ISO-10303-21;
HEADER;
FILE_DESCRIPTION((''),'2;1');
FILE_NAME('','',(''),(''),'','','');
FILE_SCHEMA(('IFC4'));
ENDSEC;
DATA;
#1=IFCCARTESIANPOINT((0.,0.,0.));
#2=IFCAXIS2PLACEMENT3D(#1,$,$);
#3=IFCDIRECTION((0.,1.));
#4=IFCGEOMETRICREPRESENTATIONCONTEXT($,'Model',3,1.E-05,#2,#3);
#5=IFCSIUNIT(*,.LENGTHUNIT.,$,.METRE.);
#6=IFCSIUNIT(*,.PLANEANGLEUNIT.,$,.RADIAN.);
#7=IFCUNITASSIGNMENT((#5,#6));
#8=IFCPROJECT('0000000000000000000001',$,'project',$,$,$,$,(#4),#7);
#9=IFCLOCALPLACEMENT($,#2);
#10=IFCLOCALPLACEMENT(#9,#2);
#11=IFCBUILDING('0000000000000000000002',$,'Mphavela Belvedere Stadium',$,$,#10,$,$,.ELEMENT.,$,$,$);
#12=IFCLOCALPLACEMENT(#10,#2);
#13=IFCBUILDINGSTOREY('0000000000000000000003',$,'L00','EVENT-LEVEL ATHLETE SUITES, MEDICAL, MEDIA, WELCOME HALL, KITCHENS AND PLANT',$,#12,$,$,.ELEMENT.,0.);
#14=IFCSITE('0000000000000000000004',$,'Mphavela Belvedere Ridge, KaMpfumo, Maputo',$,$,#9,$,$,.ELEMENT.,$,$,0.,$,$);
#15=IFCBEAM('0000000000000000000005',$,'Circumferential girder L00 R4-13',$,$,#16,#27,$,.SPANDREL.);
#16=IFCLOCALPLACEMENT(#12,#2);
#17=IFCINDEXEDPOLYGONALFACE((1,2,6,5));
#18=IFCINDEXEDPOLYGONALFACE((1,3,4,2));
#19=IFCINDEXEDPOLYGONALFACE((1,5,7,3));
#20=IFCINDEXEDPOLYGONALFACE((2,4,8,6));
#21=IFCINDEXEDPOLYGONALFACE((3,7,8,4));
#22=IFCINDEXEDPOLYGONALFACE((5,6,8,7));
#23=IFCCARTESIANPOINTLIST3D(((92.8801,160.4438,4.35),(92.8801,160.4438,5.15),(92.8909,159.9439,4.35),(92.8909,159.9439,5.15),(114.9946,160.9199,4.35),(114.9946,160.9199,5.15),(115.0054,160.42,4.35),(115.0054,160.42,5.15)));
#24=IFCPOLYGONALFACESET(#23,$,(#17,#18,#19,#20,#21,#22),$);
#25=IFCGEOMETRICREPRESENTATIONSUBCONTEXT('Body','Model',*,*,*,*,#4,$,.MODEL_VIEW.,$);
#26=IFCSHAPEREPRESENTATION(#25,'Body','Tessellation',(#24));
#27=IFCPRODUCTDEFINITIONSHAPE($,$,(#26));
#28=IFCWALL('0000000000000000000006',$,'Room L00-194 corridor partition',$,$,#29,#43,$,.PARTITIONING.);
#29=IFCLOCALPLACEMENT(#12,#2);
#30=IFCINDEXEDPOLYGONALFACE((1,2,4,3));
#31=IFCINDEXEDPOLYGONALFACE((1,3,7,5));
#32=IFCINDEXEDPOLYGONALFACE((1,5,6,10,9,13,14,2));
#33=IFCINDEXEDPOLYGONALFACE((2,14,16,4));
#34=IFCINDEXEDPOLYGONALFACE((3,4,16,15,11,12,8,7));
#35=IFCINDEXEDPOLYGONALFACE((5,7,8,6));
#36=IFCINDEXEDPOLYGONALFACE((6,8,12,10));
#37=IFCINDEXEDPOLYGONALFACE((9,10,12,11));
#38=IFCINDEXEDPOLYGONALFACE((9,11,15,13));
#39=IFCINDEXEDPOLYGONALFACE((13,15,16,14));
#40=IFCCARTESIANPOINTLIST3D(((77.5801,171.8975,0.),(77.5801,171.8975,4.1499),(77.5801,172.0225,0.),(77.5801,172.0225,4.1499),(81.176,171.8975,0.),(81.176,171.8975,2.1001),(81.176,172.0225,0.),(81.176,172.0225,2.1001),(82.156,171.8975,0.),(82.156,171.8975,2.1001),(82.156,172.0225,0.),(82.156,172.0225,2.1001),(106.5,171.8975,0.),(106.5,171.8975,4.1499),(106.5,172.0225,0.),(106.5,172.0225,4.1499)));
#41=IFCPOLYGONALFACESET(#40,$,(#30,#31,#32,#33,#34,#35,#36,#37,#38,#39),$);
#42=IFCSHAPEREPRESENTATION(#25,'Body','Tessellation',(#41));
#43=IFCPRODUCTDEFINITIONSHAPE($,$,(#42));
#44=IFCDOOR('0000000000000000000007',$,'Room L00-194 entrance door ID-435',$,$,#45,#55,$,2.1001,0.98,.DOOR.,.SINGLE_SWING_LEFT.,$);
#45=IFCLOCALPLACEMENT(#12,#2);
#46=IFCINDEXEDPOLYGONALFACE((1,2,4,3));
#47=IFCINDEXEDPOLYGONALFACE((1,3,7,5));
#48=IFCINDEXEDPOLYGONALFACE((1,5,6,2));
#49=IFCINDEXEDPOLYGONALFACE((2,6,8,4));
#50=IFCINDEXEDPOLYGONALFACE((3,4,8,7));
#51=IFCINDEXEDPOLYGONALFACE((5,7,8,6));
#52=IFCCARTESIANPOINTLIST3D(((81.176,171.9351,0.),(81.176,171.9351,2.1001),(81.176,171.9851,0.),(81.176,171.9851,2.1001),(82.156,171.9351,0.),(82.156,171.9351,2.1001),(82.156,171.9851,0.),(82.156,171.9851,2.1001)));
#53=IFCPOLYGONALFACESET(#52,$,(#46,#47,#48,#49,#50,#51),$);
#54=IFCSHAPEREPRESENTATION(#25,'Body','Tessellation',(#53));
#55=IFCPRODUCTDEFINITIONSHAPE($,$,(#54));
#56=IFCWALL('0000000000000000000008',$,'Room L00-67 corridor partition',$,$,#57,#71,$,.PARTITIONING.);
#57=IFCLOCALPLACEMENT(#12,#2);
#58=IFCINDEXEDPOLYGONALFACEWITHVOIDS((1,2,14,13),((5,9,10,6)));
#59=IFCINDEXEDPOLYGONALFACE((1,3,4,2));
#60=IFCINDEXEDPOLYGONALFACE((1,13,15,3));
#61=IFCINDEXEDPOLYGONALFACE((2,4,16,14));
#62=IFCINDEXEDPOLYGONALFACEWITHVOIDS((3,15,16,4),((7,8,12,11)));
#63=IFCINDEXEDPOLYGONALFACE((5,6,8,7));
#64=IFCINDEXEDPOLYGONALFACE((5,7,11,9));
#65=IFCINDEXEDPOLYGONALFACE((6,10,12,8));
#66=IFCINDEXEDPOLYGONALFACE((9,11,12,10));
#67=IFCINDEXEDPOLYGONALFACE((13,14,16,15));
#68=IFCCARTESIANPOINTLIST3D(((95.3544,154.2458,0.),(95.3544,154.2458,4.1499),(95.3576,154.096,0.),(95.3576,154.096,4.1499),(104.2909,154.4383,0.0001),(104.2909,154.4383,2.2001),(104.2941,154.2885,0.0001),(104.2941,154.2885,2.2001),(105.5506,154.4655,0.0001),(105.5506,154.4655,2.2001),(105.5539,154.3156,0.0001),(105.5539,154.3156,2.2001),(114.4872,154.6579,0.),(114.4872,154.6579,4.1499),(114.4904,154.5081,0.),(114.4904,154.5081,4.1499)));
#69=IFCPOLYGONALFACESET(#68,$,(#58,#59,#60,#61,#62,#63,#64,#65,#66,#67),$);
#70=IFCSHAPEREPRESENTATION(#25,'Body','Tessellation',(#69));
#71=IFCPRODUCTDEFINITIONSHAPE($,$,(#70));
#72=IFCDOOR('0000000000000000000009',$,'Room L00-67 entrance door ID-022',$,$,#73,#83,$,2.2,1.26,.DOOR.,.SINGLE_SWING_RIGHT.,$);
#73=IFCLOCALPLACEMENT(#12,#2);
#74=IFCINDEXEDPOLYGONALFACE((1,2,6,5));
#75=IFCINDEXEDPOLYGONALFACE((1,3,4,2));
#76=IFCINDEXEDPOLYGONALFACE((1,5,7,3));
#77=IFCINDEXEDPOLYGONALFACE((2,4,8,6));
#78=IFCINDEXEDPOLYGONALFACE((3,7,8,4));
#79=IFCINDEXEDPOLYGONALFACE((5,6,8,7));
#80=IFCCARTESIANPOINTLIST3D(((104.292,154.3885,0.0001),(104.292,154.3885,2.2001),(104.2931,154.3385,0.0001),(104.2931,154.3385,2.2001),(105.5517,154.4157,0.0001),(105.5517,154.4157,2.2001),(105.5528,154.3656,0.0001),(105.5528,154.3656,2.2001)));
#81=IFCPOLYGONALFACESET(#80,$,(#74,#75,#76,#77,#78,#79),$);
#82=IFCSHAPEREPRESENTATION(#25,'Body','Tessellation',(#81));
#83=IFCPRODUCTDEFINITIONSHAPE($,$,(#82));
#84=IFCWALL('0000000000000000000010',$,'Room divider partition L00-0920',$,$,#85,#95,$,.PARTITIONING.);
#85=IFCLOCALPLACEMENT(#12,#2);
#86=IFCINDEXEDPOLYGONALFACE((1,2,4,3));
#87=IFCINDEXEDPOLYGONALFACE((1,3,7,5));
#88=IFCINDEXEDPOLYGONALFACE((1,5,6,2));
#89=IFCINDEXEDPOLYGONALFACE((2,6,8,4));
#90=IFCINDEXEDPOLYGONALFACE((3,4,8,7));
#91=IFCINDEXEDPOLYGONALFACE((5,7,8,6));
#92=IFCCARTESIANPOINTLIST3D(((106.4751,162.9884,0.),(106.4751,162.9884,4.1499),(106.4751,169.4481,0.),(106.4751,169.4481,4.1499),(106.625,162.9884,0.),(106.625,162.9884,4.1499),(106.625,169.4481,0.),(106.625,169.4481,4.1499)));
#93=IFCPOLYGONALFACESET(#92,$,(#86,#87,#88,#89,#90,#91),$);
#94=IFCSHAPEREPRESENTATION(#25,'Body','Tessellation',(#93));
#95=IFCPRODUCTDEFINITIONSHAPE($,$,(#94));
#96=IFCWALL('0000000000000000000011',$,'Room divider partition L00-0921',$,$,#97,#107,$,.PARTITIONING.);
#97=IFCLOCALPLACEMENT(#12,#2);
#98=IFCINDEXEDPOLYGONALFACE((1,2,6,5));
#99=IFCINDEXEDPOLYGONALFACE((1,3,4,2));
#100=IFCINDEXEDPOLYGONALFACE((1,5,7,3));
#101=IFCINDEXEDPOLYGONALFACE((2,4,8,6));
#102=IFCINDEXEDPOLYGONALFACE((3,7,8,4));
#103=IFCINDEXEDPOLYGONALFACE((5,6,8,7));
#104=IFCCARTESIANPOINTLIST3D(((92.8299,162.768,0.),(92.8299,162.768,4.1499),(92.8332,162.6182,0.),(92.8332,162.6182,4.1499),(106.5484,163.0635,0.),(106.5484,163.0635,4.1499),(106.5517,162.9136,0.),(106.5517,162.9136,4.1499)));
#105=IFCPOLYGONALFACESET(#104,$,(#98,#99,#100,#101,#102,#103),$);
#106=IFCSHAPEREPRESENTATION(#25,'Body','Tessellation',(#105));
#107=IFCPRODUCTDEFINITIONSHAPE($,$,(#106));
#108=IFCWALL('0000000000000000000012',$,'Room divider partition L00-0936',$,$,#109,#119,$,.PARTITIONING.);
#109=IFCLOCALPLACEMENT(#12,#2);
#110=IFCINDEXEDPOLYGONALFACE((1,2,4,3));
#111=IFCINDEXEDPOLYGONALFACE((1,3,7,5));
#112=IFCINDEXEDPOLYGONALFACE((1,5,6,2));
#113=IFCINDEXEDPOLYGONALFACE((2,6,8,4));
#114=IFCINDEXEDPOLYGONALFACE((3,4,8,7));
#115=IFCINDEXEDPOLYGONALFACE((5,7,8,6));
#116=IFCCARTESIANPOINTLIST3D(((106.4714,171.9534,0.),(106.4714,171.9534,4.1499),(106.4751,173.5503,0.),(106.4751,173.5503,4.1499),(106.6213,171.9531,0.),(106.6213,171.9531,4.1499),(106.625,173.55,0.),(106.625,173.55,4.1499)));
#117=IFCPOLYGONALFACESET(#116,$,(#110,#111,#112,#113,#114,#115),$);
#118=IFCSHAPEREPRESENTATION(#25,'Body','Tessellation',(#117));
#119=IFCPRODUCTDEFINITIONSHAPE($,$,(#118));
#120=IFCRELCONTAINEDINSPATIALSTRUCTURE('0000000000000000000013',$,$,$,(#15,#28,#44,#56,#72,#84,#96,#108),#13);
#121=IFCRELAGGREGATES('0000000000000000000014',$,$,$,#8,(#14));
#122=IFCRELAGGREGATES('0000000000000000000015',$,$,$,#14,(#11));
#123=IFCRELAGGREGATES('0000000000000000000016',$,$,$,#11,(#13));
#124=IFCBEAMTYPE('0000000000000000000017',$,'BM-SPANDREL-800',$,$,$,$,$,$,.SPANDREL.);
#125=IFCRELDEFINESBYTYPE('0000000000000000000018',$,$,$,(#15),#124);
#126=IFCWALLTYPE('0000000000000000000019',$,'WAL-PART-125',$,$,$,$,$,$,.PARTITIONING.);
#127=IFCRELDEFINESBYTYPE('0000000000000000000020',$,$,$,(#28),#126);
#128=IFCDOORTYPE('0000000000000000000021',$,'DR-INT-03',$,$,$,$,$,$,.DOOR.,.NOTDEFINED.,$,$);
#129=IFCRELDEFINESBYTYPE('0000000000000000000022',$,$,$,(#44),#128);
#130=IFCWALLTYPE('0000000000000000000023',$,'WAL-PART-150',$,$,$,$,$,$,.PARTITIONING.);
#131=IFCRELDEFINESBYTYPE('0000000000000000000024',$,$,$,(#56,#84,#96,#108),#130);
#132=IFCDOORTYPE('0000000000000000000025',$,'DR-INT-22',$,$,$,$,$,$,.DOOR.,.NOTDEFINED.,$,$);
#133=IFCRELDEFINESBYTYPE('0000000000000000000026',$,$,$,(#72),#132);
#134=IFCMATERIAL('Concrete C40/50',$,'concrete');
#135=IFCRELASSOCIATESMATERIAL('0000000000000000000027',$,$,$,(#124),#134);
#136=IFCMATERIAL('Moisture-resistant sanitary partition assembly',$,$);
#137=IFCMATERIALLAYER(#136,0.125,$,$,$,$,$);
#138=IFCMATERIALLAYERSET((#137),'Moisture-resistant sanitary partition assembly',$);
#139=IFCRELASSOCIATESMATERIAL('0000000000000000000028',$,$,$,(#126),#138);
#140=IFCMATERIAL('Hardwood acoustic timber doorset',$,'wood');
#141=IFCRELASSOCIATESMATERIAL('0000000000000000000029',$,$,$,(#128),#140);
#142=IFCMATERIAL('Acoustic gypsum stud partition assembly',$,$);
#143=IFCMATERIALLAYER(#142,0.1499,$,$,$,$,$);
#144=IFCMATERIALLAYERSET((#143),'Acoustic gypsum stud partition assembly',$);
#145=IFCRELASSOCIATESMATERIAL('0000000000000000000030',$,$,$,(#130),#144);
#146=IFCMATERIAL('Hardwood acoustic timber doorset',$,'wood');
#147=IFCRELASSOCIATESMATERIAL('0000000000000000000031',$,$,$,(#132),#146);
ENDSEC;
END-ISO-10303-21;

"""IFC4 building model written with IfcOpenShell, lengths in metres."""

from ifc_helpers import new_model, si_unit, direction, frame, frame_2d, origin, origin_2d, place, context, subcontext, project, spatial, rectangle, extrude, material, layer, layer_set, material_profile, profile_set, type_object, element, fill, save


model = new_model("IFC4")

# Units and contexts
model_context = context("Model", 3, precision=1e-05, world=origin(), true_north=direction((0.0, 1.0)))
body_context = subcontext(model_context, "Body", "Model", "MODEL_VIEW")
ifc_project = project(units=[si_unit("LENGTHUNIT", "METRE"), si_unit("PLANEANGLEUNIT", "RADIAN")], contexts=[model_context])

# Site, building, storey
site_placement = place(None, origin())
site = spatial("IfcSite", under=ifc_project, at=site_placement, Name="Mphavela Belvedere Ridge, KaMpfumo, Maputo", CompositionType="ELEMENT", RefElevation=0.0)
building_placement = place(site_placement, origin())
building = spatial("IfcBuilding", under=site, at=building_placement, Name="Mphavela Belvedere Stadium", CompositionType="ELEMENT")
storey_placement = place(building_placement, origin())
storey = spatial("IfcBuildingStorey", under=building, at=storey_placement, Name="L00", Description="EVENT-LEVEL ATHLETE SUITES, MEDICAL, MEDIA, WELCOME HALL, KITCHENS AND PLANT", CompositionType="ELEMENT", Elevation=0.0)

# Beam
ifc_material_1 = material(Name="Concrete C40/50", Category="concrete")
ifc_material_profile_1 = material_profile(ifc_material_1, rectangle(XDim=0.5, YDim=0.8, at=origin_2d()), Name="RC 500x800")
ifc_profile_set_1 = profile_set([ifc_material_profile_1], Name="Concrete C40/50")
beam_type_1 = type_object("IfcBeamType", Name="BM-SPANDREL-800", PredefinedType="SPANDREL", material=ifc_profile_set_1)
beam_1_placement = place(storey_placement, frame((115.0, 160.6699, 4.75), z_axis=(-0.999768, -0.021523, 0.0), x_axis=(0.021523, -0.999768, 0.0)))
element("IfcBeam", 1, at=beam_1_placement, inside=storey, type_object=beam_type_1, Name="Circumferential girder L00 R4-13", PredefinedType="SPANDREL", context=body_context, shape_type="SweptSolid", body=[
    extrude(rectangle(XDim=0.5, YDim=0.8, at=origin_2d()), origin(), (0.0, 0.0, 1.0), 22.1196),
])

# Walls, openings, doors
ifc_material_2 = material(Name="Moisture-resistant sanitary partition assembly")
ifc_layer_1 = layer(ifc_material_2, 0.125)
ifc_layer_set_1 = layer_set([ifc_layer_1], Name="Moisture-resistant sanitary partition assembly")
wall_type_1 = type_object("IfcWallType", Name="WAL-PART-125", PredefinedType="PARTITIONING", material=ifc_layer_set_1)
wall_1_placement = place(storey_placement, frame((106.5, 171.96, 0.0), z_axis=(0.0, 0.0, 1.0), x_axis=(-1.0, 0.0, 0.0)))
wall_1 = element("IfcWall", 2, at=wall_1_placement, inside=storey, type_object=wall_type_1, Name="Room L00-194 corridor partition", PredefinedType="PARTITIONING", context=body_context, shape_type="SweptSolid", body=[
    extrude(rectangle(XDim=28.9199, YDim=0.125, at=frame_2d((14.46, 0.0))), origin(), (0.0, 0.0, 1.0), 4.1499),
])
opening_1_placement = place(wall_1_placement, frame((24.344, 0.0, 0.0)))
opening_1 = element("IfcOpeningElement", 3, at=opening_1_placement, cuts=wall_1, PredefinedType="OPENING", context=body_context, shape_type="SweptSolid", body=[
    extrude(rectangle(XDim=0.98, YDim=2.1001, at=frame_2d((0.49, 1.05))), frame((0.0, 0.0725, 0.0), z_axis=(0.0, -1.0, 0.0), x_axis=(1.0, 0.0, 0.0)), (0.0, 0.0, 1.0), 0.145),
])
ifc_material_3 = material(Name="Hardwood acoustic timber doorset", Category="wood")
door_type_1 = type_object("IfcDoorType", Name="DR-INT-03", OperationType="NOTDEFINED", PredefinedType="DOOR", material=ifc_material_3)
door_1_placement = place(opening_1_placement, origin())
door_1 = element("IfcDoor", 4, at=door_1_placement, inside=storey, type_object=door_type_1, Name="Room L00-194 entrance door ID-435", OperationType="SINGLE_SWING_LEFT", OverallHeight=2.1001, OverallWidth=0.98, PredefinedType="DOOR", context=body_context, shape_type="SweptSolid", body=[
    extrude(rectangle(XDim=0.98, YDim=2.1001, at=frame_2d((0.49, 1.05))), frame((0.0, 0.0249, 0.0), z_axis=(0.0, -1.0, 0.0), x_axis=(1.0, 0.0, 0.0)), (0.0, 0.0, 1.0), 0.05),
])
fill(opening_1, door_1)
ifc_material_4 = material(Name="Acoustic gypsum stud partition assembly")
ifc_layer_2 = layer(ifc_material_4, 0.1499)
ifc_layer_set_2 = layer_set([ifc_layer_2], Name="Acoustic gypsum stud partition assembly")
wall_type_2 = type_object("IfcWallType", Name="WAL-PART-150", PredefinedType="PARTITIONING", material=ifc_layer_set_2)
wall_2_placement = place(storey_placement, frame((114.4888, 154.583, 0.0), z_axis=(0.0, 0.0, 1.0), x_axis=(-0.999768, -0.021534, 0.0)))
wall_2 = element("IfcWall", 5, at=wall_2_placement, inside=storey, type_object=wall_type_2, Name="Room L00-67 corridor partition", PredefinedType="PARTITIONING", context=body_context, shape_type="SweptSolid", body=[
    extrude(rectangle(XDim=19.1372, YDim=0.1499, at=frame_2d((9.5686, 0.0))), origin(), (0.0, 0.0, 1.0), 4.1499),
])
opening_2_placement = place(wall_2_placement, frame((8.9387, 0.0, 0.0)))
opening_2 = element("IfcOpeningElement", 6, at=opening_2_placement, cuts=wall_2, PredefinedType="OPENING", context=body_context, shape_type="SweptSolid", body=[
    extrude(rectangle(XDim=1.26, YDim=2.2, at=frame_2d((0.6299, 1.1001))), frame((0.0, 0.085, 0.0), z_axis=(0.0, -1.0, 0.0), x_axis=(1.0, 0.0, 0.0)), (0.0, 0.0, 1.0), 0.1699),
])
ifc_material_5 = material(Name="Hardwood acoustic timber doorset", Category="wood")
door_type_2 = type_object("IfcDoorType", Name="DR-INT-22", OperationType="NOTDEFINED", PredefinedType="DOOR", material=ifc_material_5)
door_2_placement = place(opening_2_placement, origin())
door_2 = element("IfcDoor", 7, at=door_2_placement, inside=storey, type_object=door_type_2, Name="Room L00-67 entrance door ID-022", OperationType="SINGLE_SWING_RIGHT", OverallHeight=2.2, OverallWidth=1.26, PredefinedType="DOOR", context=body_context, shape_type="SweptSolid", body=[
    extrude(rectangle(XDim=1.26, YDim=2.2, at=frame_2d((0.6299, 1.1001))), frame((0.0, 0.0249, 0.0), z_axis=(0.0, -1.0, 0.0), x_axis=(1.0, 0.0, 0.0)), (0.0, 0.0, 1.0), 0.05),
])
fill(opening_2, door_2)

# Walls
wall_3_placement = place(storey_placement, frame((106.55, 169.4482, 0.0), z_axis=(0.0, 0.0, 1.0), x_axis=(0.0, -1.0, 0.0)))
element("IfcWall", 8, at=wall_3_placement, inside=storey, type_object=wall_type_2, Name="Room divider partition L00-0920", PredefinedType="PARTITIONING", context=body_context, shape_type="SweptSolid", body=[
    extrude(rectangle(XDim=6.4597, YDim=0.1499, at=frame_2d((3.23, 0.0))), origin(), (0.0, 0.0, 1.0), 4.1499),
])
wall_4_placement = place(storey_placement, frame((106.55, 162.9885, 0.0), z_axis=(0.0, 0.0, 1.0), x_axis=(-0.999768, -0.021529, 0.0)))
element("IfcWall", 9, at=wall_4_placement, inside=storey, type_object=wall_type_2, Name="Room divider partition L00-0921", PredefinedType="PARTITIONING", context=body_context, shape_type="SweptSolid", body=[
    extrude(rectangle(XDim=13.7217, YDim=0.1499, at=frame_2d((6.8608, 0.0))), origin(), (0.0, 0.0, 1.0), 4.1499),
])
wall_5_placement = place(storey_placement, frame((106.55, 173.55, 0.0), z_axis=(0.0, 0.0, 1.0), x_axis=(-0.002293, -0.999997, 0.0)))
element("IfcWall", 10, at=wall_5_placement, inside=storey, type_object=wall_type_2, Name="Room divider partition L00-0936", PredefinedType="PARTITIONING", context=body_context, shape_type="SweptSolid", body=[
    extrude(rectangle(XDim=1.5969, YDim=0.1499, at=frame_2d((0.7983, 0.0))), origin(), (0.0, 0.0, 1.0), 4.1499),
])

save(model, "model.ifc")
